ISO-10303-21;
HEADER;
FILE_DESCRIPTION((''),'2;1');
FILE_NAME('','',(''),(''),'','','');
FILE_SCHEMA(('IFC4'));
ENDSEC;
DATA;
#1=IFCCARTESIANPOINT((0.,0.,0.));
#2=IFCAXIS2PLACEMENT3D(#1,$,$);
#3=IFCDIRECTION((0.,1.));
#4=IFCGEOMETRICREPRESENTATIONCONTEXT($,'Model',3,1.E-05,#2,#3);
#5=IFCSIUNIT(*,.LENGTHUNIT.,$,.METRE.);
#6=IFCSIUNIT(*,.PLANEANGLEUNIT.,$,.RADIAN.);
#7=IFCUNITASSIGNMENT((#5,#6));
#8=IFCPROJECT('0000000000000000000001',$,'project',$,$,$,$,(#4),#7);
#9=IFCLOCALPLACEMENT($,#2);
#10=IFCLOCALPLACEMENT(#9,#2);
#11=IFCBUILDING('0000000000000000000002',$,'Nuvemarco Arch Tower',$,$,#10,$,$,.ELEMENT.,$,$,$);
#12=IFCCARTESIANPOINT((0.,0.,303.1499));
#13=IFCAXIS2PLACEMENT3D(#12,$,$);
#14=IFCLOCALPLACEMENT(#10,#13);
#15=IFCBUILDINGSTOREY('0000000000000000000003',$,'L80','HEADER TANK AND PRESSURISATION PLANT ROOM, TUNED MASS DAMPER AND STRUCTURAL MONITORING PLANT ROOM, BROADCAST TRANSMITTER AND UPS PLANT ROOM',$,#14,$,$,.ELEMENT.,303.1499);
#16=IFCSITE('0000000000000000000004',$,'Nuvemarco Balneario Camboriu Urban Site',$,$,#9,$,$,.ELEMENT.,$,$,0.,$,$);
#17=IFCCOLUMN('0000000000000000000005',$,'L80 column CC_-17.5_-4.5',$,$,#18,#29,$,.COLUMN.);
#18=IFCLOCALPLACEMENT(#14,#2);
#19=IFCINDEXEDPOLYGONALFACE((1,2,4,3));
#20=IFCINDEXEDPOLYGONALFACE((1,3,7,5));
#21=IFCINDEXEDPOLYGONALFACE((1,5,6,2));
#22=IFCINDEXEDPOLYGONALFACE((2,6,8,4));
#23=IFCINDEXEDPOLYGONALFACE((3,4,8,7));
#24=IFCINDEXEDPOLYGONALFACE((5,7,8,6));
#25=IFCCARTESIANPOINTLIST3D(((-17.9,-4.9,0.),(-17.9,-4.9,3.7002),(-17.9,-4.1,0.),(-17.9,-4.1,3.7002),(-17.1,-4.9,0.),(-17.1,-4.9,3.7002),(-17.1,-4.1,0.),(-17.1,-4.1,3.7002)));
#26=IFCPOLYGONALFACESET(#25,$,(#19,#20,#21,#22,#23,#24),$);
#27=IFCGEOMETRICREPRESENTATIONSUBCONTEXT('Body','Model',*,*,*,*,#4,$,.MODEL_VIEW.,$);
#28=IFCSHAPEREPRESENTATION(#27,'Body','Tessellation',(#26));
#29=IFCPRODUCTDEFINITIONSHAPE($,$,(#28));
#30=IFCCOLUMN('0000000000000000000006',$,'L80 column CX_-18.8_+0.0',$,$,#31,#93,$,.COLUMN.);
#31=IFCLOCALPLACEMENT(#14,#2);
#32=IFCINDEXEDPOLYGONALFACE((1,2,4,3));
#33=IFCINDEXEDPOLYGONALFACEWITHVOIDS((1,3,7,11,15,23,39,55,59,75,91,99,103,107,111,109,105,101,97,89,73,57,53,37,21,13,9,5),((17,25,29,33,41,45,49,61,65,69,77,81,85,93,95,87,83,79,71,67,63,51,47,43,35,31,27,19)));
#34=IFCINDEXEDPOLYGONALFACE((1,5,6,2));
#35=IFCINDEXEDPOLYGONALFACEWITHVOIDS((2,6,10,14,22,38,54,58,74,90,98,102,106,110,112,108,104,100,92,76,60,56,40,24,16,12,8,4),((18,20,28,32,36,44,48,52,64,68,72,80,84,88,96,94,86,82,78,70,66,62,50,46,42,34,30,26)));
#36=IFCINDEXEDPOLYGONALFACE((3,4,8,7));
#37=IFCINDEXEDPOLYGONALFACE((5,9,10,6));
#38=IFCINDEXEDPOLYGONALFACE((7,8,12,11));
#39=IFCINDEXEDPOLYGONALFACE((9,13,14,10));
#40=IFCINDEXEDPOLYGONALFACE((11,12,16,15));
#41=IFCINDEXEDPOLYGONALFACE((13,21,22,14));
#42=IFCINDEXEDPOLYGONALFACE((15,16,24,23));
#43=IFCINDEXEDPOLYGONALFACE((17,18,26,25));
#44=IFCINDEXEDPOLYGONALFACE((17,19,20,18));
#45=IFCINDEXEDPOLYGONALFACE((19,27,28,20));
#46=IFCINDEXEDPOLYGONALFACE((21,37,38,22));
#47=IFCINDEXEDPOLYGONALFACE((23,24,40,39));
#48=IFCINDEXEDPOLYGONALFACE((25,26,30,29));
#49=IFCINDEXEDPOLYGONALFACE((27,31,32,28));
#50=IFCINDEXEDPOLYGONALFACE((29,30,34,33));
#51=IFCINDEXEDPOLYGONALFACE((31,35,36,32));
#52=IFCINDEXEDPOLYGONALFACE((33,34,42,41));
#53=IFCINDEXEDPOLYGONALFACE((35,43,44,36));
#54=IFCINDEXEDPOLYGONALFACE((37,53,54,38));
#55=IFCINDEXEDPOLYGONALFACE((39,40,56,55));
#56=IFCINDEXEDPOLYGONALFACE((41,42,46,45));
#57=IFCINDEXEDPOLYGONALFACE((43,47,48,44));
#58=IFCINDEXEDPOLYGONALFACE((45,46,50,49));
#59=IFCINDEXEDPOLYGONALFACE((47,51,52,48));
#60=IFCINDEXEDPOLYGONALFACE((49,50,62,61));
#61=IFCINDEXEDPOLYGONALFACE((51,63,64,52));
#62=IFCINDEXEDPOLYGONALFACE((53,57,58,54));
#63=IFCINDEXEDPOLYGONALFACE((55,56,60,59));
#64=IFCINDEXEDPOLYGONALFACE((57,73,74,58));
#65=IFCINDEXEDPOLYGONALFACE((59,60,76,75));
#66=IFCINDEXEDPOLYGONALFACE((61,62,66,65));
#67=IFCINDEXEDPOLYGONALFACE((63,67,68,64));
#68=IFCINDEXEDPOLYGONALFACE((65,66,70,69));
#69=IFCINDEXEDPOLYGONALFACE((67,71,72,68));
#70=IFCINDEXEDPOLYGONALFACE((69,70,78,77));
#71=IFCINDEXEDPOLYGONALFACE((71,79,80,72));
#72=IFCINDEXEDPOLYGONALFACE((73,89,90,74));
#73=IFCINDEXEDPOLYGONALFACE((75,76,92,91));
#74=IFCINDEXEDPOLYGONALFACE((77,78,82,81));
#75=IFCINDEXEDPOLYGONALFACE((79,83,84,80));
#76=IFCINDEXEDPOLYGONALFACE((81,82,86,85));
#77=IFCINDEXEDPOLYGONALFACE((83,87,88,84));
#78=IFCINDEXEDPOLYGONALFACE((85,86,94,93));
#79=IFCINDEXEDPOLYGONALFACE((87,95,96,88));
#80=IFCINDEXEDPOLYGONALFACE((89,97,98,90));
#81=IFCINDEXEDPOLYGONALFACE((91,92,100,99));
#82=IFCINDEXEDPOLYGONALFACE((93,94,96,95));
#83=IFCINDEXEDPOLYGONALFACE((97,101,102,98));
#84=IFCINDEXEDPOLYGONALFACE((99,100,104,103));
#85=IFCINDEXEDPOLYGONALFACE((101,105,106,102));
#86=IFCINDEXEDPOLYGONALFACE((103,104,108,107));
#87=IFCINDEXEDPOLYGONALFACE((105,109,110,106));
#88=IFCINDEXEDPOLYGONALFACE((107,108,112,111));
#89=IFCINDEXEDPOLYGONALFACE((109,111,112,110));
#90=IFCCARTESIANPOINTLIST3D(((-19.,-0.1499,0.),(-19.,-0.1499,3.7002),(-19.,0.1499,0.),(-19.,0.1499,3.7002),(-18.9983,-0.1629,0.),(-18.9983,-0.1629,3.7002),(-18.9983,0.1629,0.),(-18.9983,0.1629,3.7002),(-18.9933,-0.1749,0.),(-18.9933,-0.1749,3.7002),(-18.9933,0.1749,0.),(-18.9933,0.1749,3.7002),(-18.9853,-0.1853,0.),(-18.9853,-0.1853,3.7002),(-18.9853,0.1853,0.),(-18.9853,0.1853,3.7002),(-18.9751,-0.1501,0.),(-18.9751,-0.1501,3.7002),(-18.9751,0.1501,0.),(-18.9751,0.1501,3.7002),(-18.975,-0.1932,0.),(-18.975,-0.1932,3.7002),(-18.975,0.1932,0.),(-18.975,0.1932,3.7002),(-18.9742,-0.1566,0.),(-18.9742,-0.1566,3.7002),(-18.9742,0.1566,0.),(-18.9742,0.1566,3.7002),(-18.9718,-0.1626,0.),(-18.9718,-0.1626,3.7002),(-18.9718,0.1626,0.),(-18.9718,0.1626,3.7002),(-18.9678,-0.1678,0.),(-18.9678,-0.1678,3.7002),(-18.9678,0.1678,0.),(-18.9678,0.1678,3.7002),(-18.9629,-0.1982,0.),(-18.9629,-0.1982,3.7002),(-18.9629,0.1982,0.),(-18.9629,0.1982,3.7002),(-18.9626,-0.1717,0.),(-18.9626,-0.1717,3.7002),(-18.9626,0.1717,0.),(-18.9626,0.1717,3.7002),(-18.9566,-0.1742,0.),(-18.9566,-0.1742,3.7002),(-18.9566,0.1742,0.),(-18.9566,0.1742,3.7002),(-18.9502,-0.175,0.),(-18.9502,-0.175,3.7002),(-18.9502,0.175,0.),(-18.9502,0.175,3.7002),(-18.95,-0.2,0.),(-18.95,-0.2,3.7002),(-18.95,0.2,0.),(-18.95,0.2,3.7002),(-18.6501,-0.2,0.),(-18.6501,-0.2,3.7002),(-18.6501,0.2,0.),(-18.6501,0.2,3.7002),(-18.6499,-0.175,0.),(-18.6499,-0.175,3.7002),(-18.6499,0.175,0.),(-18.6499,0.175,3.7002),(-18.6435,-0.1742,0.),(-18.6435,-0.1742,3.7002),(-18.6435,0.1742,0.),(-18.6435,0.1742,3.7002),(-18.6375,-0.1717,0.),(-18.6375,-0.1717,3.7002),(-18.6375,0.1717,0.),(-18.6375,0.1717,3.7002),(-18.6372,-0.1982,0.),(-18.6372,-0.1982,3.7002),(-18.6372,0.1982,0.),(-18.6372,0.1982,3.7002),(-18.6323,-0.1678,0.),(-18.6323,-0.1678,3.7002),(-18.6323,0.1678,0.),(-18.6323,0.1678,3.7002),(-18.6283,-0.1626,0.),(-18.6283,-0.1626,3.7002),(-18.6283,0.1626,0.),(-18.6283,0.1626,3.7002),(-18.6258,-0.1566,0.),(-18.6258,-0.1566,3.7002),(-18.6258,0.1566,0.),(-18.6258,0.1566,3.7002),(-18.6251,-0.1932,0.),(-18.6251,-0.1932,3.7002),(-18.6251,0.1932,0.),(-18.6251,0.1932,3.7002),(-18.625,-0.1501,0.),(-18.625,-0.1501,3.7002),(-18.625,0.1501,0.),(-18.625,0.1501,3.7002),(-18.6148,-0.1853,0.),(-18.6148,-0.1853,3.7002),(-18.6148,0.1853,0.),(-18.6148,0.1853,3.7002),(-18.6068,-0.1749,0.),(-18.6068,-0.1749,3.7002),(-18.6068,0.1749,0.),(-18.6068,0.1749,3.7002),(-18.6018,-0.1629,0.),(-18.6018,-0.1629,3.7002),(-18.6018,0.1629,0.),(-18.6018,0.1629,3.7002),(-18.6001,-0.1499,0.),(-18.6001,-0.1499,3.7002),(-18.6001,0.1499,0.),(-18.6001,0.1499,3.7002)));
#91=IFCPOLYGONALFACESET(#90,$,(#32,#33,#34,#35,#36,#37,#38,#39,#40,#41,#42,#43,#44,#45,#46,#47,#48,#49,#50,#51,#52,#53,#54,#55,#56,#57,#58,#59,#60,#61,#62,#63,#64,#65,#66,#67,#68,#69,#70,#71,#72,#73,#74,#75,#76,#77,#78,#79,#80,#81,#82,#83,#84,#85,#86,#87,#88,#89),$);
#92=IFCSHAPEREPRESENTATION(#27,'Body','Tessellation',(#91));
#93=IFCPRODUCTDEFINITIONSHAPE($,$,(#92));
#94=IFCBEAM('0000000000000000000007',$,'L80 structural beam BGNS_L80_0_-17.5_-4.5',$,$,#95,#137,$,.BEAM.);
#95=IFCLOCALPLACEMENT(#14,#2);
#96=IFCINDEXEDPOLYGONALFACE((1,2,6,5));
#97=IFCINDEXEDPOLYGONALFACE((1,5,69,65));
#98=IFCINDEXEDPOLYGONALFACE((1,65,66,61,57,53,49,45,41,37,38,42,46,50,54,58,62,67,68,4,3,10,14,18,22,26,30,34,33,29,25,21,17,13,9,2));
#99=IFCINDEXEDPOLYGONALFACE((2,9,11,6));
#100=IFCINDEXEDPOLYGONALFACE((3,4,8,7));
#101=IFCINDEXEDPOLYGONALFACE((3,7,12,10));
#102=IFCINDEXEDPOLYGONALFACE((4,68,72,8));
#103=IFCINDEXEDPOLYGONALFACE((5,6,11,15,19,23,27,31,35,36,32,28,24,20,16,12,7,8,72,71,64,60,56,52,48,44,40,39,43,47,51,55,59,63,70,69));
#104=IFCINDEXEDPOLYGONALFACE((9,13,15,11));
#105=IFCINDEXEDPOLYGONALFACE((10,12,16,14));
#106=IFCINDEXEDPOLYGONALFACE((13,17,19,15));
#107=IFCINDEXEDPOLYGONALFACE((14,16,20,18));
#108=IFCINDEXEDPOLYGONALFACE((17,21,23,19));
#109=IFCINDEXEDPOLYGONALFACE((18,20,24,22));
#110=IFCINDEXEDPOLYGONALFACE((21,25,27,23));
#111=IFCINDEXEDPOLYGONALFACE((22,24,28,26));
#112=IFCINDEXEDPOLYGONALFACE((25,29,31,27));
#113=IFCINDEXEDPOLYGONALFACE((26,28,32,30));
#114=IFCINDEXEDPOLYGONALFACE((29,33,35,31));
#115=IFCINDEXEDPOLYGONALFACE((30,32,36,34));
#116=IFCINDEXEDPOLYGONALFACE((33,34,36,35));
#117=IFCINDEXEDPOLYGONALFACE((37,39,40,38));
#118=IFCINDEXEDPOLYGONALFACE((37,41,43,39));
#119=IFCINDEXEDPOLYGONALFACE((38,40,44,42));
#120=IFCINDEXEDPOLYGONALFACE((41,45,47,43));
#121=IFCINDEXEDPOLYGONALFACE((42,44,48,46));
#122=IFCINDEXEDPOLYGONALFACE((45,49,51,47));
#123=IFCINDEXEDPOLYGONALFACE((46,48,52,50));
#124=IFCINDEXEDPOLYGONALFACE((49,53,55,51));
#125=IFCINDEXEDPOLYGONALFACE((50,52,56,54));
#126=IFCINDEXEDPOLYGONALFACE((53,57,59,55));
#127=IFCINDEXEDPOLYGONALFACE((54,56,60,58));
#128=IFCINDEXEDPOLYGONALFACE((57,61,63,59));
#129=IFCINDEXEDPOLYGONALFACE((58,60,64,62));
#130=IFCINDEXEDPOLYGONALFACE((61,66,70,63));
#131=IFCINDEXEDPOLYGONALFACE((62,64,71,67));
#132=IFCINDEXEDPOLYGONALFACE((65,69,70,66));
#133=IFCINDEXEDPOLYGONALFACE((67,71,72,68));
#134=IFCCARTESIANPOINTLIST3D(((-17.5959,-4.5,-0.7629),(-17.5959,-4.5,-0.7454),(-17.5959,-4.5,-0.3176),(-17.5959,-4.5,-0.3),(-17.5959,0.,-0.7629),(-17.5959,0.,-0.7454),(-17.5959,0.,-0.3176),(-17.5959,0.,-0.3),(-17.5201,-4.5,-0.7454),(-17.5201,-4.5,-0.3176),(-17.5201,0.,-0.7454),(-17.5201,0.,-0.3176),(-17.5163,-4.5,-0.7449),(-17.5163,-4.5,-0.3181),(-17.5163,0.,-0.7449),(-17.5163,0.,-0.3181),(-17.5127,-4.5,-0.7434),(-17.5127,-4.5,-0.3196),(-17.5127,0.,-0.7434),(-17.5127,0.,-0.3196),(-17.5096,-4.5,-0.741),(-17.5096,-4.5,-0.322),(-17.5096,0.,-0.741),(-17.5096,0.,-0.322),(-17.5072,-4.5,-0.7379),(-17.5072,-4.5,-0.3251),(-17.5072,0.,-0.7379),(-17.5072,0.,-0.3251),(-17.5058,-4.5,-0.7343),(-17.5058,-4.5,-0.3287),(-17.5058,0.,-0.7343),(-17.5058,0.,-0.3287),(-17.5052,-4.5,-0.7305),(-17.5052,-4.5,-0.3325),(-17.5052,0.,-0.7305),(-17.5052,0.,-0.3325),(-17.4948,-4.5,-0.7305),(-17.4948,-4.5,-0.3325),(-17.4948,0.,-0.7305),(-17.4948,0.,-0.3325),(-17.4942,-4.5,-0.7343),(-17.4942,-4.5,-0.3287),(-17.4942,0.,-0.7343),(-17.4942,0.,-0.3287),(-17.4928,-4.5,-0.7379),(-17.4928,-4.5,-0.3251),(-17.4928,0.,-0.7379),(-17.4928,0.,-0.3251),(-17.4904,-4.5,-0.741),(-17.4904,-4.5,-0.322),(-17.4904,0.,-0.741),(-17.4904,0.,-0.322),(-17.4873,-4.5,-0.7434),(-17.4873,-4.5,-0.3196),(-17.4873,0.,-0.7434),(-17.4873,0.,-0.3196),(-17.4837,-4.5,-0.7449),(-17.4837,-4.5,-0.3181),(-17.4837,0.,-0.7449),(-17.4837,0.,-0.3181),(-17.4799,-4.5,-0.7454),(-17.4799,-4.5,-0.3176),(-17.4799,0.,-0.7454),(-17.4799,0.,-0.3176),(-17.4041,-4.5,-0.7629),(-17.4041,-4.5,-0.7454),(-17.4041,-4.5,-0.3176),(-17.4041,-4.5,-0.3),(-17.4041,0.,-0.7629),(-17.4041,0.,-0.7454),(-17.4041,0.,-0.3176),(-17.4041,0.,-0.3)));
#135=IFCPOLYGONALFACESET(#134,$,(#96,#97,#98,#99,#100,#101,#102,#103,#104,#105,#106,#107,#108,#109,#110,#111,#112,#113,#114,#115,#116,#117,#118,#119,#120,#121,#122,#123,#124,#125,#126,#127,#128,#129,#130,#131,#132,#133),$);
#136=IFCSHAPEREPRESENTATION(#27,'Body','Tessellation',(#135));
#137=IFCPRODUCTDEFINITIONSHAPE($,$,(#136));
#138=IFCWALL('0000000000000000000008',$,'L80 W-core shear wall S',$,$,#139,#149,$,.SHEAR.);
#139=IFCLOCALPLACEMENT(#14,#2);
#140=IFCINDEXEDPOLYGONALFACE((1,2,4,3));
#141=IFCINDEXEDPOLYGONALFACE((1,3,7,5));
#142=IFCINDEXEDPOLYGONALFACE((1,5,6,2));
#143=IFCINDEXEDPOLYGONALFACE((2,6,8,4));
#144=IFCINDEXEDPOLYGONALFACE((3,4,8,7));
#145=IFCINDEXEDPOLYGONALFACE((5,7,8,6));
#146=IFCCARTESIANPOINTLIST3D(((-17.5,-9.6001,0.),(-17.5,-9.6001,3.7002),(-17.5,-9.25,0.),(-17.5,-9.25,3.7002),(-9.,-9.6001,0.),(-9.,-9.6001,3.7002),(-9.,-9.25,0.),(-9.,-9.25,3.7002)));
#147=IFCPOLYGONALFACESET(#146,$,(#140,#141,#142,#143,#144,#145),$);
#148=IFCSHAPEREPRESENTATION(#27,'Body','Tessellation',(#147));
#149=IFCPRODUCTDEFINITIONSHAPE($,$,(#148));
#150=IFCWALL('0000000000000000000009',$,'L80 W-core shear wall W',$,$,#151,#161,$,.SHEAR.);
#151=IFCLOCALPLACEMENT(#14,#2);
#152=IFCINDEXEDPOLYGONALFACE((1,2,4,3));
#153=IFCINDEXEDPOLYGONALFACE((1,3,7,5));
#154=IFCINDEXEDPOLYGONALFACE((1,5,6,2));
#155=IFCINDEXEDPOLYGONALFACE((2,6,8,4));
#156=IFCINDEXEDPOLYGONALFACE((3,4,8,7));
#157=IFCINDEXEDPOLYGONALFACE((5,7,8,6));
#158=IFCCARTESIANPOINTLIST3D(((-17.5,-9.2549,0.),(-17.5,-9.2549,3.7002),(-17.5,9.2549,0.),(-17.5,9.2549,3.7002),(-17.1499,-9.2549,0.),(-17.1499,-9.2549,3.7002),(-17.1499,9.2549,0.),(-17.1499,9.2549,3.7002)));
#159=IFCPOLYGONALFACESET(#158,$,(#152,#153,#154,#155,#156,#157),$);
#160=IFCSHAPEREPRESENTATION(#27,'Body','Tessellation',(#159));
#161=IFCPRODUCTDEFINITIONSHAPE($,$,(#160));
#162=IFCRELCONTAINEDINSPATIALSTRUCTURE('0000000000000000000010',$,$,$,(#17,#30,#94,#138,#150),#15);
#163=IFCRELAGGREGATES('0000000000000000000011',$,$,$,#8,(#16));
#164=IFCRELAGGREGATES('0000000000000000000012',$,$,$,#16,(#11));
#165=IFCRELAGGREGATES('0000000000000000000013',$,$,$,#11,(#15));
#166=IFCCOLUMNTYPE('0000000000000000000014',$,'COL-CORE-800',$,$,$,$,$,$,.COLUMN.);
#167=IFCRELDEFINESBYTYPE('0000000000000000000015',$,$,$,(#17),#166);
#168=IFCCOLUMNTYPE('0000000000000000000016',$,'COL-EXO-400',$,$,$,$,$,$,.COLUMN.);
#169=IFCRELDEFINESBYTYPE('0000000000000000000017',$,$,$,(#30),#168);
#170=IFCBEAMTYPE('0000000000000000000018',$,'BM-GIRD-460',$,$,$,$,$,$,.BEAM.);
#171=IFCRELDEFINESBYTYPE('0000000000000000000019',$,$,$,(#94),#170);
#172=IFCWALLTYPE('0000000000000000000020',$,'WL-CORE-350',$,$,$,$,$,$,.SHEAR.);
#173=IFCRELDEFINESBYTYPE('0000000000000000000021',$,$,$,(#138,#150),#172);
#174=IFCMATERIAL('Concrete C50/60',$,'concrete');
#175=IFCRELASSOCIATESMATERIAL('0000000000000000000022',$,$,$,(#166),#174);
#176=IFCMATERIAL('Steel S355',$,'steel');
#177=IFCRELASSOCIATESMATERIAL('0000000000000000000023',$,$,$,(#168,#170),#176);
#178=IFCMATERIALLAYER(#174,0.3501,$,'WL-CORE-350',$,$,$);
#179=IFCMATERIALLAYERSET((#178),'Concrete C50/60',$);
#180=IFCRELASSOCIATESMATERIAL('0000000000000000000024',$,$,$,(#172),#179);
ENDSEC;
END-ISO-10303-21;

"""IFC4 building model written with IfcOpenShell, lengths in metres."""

from ifc_helpers import new_model, si_unit, direction, frame, frame_2d, origin, origin_2d, place, context, subcontext, project, spatial, rectangle, hollow_rectangle, i_section, extrude, material, layer, layer_set, material_profile, profile_set, type_object, element, save


model = new_model("IFC4")

# Units and contexts
model_context = context("Model", 3, precision=1e-05, world=origin(), true_north=direction((0.0, 1.0)))
body_context = subcontext(model_context, "Body", "Model", "MODEL_VIEW")
ifc_project = project(units=[si_unit("LENGTHUNIT", "METRE"), si_unit("PLANEANGLEUNIT", "RADIAN")], contexts=[model_context])

# Site, building, storey
site_placement = place(None, origin())
site = spatial("IfcSite", under=ifc_project, at=site_placement, Name="Nuvemarco Balneario Camboriu Urban Site", CompositionType="ELEMENT", RefElevation=0.0)
building_placement = place(site_placement, origin())
building = spatial("IfcBuilding", under=site, at=building_placement, Name="Nuvemarco Arch Tower", CompositionType="ELEMENT")
storey_placement = place(building_placement, frame((0.0, 0.0, 303.1499)))
storey = spatial("IfcBuildingStorey", under=building, at=storey_placement, Name="L80", Description="HEADER TANK AND PRESSURISATION PLANT ROOM, TUNED MASS DAMPER AND STRUCTURAL MONITORING PLANT ROOM, BROADCAST TRANSMITTER AND UPS PLANT ROOM", CompositionType="ELEMENT", Elevation=303.1499)

# Columns
ifc_material_1 = material(Name="Concrete C50/60", Category="concrete")
ifc_material_profile_1 = material_profile(ifc_material_1, rectangle(XDim=0.8, YDim=0.8, at=origin_2d()), Name="RC-COL-800x800")
ifc_profile_set_1 = profile_set([ifc_material_profile_1], Name="Concrete C50/60")
column_type_1 = type_object("IfcColumnType", Name="COL-CORE-800", PredefinedType="COLUMN", material=ifc_profile_set_1)
column_1_placement = place(storey_placement, frame((-17.5, -4.5, 0.0), z_axis=(0.0, 0.0, 1.0), x_axis=(1.0, 0.0, 0.0)))
element("IfcColumn", 1, at=column_1_placement, inside=storey, type_object=column_type_1, Name="L80 column CC_-17.5_-4.5", PredefinedType="COLUMN", context=body_context, shape_type="SweptSolid", body=[
    extrude(rectangle(XDim=0.8, YDim=0.8, at=origin_2d()), origin(), (0.0, 0.0, 1.0), 3.7002),
])
ifc_material_2 = material(Name="Steel S355", Category="steel")
ifc_material_profile_2 = material_profile(ifc_material_2, hollow_rectangle(XDim=0.3999, YDim=0.3999, WallThickness=0.0249, InnerFilletRadius=0.0249, OuterFilletRadius=0.05, at=origin_2d()), Name="SHS400x400x25")
ifc_profile_set_2 = profile_set([ifc_material_profile_2], Name="Steel S355")
column_type_2 = type_object("IfcColumnType", Name="COL-EXO-400", PredefinedType="COLUMN", material=ifc_profile_set_2)
column_2_placement = place(storey_placement, frame((-18.8, 0.0, 0.0), z_axis=(0.0, 0.0, 1.0), x_axis=(1.0, 0.0, 0.0)))
element("IfcColumn", 2, at=column_2_placement, inside=storey, type_object=column_type_2, Name="L80 column CX_-18.8_+0.0", PredefinedType="COLUMN", context=body_context, shape_type="SweptSolid", body=[
    extrude(hollow_rectangle(XDim=0.3999, YDim=0.3999, WallThickness=0.0249, InnerFilletRadius=0.0249, OuterFilletRadius=0.05, at=origin_2d()), origin(), (0.0, 0.0, 1.0), 3.7002),
])

# Beam
ifc_material_profile_3 = material_profile(ifc_material_2, i_section(OverallWidth=0.1919, OverallDepth=0.4629, WebThickness=0.0105, FlangeThickness=0.0176, FilletRadius=0.0149, at=origin_2d()), Name="W460x89")
ifc_profile_set_3 = profile_set([ifc_material_profile_3], Name="Steel S355")
beam_type = type_object("IfcBeamType", Name="BM-GIRD-460", PredefinedType="BEAM", material=ifc_profile_set_3)
beam_placement = place(storey_placement, frame((-17.5, -4.5, -0.5315), z_axis=(0.0, 1.0, 0.0), x_axis=(-1.0, 0.0, 0.0)))
element("IfcBeam", 3, at=beam_placement, inside=storey, type_object=beam_type, Name="L80 structural beam BGNS_L80_0_-17.5_-4.5", PredefinedType="BEAM", context=body_context, shape_type="SweptSolid", body=[
    extrude(i_section(OverallWidth=0.1919, OverallDepth=0.4629, WebThickness=0.0105, FlangeThickness=0.0176, FilletRadius=0.0149, at=origin_2d()), origin(), (0.0, 0.0, 1.0), 4.5),
])

# Walls
ifc_layer_1 = layer(ifc_material_1, 0.3501, Name="WL-CORE-350")
ifc_layer_set_1 = layer_set([ifc_layer_1], Name="Concrete C50/60")
wall_type_1 = type_object("IfcWallType", Name="WL-CORE-350", PredefinedType="SHEAR", material=ifc_layer_set_1)
wall_1_placement = place(storey_placement, frame((-17.5, -9.425, 0.0), z_axis=(0.0, 0.0, 1.0), x_axis=(1.0, 0.0, 0.0)))
element("IfcWall", 4, at=wall_1_placement, inside=storey, type_object=wall_type_1, Name="L80 W-core shear wall S", PredefinedType="SHEAR", context=body_context, shape_type="SweptSolid", body=[
    extrude(rectangle(XDim=8.5, YDim=0.3501, at=frame_2d((4.25, 0.0))), origin(), (0.0, 0.0, 1.0), 3.7002),
])
wall_2_placement = place(storey_placement, frame((-17.325, -9.2549, 0.0), z_axis=(0.0, 0.0, 1.0), x_axis=(0.0, 1.0, 0.0)))
element("IfcWall", 5, at=wall_2_placement, inside=storey, type_object=wall_type_1, Name="L80 W-core shear wall W", PredefinedType="SHEAR", context=body_context, shape_type="SweptSolid", body=[
    extrude(rectangle(XDim=18.5098, YDim=0.3501, at=frame_2d((9.2549, 0.0))), origin(), (0.0, 0.0, 1.0), 3.7002),
])

save(model, "model.ifc")
